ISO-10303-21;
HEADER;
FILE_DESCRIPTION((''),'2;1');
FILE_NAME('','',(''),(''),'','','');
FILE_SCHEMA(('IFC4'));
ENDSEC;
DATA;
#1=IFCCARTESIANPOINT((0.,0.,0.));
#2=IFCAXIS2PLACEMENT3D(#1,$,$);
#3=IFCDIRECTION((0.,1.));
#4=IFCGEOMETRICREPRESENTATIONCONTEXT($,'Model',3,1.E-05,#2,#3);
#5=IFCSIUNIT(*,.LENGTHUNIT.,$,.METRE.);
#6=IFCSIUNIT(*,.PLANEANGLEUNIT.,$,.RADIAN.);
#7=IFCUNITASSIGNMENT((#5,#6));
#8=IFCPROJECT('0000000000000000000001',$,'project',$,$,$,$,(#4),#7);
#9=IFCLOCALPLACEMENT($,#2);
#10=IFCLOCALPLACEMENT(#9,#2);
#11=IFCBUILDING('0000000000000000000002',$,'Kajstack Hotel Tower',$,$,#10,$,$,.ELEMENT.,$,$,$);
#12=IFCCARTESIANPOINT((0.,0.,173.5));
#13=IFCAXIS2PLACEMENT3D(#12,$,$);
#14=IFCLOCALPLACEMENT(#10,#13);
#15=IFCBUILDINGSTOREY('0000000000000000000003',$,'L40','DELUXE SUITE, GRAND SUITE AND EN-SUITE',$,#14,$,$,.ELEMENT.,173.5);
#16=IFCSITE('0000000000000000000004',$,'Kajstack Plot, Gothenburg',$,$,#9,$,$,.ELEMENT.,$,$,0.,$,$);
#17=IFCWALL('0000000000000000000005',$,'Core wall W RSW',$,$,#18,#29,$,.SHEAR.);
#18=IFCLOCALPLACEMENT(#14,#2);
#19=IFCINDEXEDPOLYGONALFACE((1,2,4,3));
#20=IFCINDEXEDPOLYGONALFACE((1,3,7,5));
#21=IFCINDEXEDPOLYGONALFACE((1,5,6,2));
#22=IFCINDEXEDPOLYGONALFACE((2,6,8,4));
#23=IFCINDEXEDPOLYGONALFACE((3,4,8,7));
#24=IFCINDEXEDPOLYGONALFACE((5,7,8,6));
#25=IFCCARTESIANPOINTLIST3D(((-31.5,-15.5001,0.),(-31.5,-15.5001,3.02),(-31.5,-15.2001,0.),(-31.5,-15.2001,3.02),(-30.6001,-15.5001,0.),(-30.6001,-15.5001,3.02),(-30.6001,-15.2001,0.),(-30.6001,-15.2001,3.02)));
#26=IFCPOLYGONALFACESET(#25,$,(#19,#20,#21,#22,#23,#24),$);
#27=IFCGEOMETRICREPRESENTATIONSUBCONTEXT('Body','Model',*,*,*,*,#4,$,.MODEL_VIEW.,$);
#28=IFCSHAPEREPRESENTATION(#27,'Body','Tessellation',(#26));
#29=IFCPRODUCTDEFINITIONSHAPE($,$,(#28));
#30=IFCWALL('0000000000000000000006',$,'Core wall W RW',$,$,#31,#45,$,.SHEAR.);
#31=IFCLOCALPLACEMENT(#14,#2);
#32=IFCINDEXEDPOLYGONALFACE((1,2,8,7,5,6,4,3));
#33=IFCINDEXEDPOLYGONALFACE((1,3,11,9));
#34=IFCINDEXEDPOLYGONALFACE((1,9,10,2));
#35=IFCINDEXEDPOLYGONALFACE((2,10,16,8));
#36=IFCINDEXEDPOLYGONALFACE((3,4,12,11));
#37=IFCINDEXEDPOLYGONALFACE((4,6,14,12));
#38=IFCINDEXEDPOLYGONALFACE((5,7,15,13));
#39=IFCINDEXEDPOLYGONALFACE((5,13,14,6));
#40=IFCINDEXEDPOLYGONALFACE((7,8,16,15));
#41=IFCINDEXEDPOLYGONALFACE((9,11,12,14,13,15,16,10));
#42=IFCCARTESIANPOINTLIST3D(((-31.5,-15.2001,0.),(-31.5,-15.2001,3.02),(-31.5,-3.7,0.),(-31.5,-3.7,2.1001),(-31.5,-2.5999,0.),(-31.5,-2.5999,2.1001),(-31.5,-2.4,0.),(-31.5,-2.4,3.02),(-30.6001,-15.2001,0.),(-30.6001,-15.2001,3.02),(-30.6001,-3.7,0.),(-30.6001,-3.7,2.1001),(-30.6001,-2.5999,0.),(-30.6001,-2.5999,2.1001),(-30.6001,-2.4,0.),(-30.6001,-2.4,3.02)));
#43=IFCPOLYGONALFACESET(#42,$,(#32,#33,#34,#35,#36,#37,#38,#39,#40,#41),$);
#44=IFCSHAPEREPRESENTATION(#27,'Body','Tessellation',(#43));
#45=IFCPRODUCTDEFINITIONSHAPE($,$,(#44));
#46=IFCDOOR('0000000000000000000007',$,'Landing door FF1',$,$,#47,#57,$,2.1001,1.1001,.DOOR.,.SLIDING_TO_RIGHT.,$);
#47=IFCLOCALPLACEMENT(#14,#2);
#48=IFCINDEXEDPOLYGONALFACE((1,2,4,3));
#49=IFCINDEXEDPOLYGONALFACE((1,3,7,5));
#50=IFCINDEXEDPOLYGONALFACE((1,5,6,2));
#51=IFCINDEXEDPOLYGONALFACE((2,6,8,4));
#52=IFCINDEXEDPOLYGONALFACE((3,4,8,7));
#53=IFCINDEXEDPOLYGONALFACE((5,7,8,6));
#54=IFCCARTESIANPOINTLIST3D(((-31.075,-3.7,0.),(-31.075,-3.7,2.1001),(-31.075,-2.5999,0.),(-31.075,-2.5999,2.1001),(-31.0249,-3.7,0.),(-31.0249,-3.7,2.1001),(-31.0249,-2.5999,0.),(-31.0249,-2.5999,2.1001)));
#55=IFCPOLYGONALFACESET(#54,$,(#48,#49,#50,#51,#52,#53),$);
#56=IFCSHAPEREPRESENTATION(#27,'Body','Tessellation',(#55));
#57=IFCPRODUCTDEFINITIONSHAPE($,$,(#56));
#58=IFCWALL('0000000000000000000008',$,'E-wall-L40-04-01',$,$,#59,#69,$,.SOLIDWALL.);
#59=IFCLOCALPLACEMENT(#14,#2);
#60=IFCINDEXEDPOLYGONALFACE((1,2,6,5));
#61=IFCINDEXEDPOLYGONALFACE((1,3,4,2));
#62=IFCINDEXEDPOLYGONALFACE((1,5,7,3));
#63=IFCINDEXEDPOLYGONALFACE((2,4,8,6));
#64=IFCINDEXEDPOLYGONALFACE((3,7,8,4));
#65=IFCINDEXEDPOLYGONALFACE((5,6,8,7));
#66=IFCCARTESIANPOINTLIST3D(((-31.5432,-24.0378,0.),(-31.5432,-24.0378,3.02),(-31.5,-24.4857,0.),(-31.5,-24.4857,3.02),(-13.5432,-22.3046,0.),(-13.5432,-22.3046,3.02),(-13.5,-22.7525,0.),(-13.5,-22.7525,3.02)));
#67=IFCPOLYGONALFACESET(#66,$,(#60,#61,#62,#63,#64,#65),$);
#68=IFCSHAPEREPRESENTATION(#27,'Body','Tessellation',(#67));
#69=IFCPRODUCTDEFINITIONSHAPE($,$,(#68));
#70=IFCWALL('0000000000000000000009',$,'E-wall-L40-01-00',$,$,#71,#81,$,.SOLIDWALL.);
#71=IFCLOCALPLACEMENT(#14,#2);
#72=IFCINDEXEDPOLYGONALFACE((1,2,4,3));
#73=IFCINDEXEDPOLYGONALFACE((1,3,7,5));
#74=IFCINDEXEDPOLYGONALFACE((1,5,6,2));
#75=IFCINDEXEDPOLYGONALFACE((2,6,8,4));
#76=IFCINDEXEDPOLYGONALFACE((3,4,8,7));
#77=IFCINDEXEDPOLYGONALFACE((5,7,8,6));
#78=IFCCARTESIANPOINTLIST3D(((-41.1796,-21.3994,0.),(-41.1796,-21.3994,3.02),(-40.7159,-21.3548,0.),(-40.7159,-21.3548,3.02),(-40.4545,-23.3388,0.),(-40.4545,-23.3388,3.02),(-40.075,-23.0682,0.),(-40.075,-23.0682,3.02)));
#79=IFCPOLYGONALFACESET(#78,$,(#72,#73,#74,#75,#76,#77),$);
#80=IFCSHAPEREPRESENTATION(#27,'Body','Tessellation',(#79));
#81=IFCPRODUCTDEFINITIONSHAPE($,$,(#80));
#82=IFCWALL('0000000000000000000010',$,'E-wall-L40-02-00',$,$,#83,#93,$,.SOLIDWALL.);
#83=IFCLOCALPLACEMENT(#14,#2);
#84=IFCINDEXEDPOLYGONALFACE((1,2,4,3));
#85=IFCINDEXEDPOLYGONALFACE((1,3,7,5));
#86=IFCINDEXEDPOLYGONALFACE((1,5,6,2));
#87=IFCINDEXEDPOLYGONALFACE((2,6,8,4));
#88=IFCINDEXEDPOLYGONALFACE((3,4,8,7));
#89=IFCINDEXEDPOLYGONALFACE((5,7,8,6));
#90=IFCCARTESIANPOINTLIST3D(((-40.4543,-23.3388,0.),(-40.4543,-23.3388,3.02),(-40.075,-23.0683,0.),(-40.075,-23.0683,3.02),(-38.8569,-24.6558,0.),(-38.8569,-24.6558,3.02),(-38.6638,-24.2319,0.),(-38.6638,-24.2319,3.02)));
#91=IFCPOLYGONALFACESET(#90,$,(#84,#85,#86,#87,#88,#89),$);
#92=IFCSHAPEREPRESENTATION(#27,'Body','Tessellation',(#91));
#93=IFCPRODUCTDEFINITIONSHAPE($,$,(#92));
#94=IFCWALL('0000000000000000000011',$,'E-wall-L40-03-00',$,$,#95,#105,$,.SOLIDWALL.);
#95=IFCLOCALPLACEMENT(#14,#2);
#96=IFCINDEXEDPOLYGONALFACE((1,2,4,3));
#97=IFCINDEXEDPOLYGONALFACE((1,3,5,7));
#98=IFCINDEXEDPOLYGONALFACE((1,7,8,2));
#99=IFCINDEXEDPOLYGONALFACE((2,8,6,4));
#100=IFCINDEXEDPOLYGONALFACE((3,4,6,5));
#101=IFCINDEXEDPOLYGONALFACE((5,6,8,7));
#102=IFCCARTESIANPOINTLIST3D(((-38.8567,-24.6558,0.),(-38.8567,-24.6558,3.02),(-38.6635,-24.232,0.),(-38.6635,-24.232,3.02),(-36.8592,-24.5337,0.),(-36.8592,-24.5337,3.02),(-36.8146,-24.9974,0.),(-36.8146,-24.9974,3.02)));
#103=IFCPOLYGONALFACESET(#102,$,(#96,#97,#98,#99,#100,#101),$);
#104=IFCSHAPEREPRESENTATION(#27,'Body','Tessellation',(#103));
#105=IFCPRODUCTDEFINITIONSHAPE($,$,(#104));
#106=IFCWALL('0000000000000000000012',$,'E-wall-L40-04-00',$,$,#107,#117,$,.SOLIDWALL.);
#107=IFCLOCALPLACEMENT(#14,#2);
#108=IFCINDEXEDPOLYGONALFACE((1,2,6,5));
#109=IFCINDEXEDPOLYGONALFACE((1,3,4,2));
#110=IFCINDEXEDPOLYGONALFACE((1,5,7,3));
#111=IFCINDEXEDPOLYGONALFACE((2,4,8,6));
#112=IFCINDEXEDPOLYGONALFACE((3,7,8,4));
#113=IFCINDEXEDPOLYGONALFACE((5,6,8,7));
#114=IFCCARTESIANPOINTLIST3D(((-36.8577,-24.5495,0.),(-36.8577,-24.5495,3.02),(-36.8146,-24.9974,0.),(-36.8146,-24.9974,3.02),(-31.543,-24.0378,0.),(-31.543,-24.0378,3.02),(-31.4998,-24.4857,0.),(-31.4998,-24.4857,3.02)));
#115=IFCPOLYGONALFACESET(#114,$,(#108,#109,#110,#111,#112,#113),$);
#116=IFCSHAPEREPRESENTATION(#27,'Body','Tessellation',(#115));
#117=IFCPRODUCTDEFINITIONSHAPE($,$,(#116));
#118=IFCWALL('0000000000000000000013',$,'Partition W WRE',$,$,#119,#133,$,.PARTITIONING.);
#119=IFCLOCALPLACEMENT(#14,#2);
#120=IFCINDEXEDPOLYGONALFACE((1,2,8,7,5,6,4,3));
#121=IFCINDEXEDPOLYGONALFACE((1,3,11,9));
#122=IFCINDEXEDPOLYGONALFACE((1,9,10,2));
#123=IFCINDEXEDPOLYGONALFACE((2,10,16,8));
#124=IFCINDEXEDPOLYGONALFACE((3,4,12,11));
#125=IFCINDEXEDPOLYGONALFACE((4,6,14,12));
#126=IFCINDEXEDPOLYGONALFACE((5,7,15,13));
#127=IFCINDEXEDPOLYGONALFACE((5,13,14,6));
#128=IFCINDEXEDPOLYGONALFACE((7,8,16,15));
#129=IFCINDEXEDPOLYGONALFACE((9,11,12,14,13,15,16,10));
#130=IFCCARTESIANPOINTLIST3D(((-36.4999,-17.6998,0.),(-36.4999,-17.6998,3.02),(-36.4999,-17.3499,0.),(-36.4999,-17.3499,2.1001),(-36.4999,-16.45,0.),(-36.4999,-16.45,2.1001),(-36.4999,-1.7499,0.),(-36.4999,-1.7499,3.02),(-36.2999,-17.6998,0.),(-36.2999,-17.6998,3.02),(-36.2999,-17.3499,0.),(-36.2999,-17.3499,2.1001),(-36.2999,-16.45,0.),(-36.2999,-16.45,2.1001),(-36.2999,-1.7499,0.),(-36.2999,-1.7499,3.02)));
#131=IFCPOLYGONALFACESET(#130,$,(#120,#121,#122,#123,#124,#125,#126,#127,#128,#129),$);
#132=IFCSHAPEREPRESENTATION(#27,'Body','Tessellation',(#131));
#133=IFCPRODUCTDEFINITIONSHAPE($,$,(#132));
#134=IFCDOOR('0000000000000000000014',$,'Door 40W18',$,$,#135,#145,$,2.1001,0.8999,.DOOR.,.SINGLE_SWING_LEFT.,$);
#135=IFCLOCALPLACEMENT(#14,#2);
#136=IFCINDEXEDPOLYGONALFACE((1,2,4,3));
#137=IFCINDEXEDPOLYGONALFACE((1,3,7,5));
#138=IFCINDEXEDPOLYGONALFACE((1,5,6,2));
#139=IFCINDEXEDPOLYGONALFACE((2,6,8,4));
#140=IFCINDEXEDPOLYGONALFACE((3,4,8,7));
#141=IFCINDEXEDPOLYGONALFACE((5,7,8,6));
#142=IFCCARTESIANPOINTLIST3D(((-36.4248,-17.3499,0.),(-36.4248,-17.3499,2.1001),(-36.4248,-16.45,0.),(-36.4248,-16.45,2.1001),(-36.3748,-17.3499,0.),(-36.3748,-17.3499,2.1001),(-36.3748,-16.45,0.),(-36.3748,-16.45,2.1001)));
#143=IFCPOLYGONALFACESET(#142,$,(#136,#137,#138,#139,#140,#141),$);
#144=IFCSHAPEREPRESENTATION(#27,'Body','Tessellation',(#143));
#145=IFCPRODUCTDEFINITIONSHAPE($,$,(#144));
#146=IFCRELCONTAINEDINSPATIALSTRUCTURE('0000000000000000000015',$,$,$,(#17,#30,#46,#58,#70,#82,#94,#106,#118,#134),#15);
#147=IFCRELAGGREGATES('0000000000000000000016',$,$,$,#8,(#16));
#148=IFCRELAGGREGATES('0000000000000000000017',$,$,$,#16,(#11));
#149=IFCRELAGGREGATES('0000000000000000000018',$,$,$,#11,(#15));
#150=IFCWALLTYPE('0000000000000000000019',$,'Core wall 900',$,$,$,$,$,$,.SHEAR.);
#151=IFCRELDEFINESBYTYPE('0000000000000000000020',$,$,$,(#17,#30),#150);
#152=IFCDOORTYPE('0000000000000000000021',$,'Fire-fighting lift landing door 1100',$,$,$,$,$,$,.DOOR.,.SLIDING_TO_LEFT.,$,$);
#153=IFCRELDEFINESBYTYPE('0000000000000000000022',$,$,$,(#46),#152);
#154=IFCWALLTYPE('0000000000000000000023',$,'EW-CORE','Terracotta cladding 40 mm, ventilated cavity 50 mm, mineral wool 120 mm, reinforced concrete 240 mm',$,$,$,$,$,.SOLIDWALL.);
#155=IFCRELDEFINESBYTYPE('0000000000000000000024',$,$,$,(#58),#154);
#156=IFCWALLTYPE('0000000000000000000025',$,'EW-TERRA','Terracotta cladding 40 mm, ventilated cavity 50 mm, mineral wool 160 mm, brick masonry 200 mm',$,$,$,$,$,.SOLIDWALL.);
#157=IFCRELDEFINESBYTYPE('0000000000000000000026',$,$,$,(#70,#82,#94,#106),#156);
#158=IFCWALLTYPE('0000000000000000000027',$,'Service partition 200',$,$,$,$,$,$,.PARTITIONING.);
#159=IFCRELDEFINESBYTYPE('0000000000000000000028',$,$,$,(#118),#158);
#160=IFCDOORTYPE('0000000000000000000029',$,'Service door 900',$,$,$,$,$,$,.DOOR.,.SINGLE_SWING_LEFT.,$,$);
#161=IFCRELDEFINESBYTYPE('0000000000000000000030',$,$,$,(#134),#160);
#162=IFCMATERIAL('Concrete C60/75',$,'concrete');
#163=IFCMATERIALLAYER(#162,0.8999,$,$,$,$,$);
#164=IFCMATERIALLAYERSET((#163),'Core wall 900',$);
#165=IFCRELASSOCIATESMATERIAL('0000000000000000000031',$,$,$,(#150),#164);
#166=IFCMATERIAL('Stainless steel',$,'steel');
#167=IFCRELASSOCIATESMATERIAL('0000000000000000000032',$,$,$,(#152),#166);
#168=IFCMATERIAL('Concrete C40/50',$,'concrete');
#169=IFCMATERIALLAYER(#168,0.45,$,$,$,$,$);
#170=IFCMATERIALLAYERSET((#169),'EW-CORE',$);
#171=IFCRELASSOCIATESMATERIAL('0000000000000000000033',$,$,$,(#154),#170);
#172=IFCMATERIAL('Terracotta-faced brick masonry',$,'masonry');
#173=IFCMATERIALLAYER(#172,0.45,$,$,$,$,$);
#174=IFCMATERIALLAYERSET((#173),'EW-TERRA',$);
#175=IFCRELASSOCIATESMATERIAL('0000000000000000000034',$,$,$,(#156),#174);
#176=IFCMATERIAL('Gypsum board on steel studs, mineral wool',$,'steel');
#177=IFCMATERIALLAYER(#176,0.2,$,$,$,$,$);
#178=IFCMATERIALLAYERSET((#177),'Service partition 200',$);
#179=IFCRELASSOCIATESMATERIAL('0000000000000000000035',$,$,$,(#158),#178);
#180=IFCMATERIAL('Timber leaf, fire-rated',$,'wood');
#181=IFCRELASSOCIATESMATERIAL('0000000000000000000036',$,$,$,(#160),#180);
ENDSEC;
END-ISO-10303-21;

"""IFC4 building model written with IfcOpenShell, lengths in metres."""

from ifc_helpers import new_model, si_unit, direction, frame, frame_2d, origin, place, context, subcontext, project, spatial, polyline, rectangle, outline, extrude, material, layer, layer_set, type_object, element, fill, save


model = new_model("IFC4")

# Units and contexts
model_context = context("Model", 3, precision=1e-05, world=origin(), true_north=direction((0.0, 1.0)))
body_context = subcontext(model_context, "Body", "Model", "MODEL_VIEW")
ifc_project = project(units=[si_unit("LENGTHUNIT", "METRE"), si_unit("PLANEANGLEUNIT", "RADIAN")], contexts=[model_context])

# Site, building, storey
site_placement = place(None, origin())
site = spatial("IfcSite", under=ifc_project, at=site_placement, Name="Kajstack Plot, Gothenburg", CompositionType="ELEMENT", RefElevation=0.0)
building_placement = place(site_placement, origin())
building = spatial("IfcBuilding", under=site, at=building_placement, Name="Kajstack Hotel Tower", CompositionType="ELEMENT")
storey_placement = place(building_placement, frame((0.0, 0.0, 173.5)))
storey = spatial("IfcBuildingStorey", under=building, at=storey_placement, Name="L40", Description="DELUXE SUITE, GRAND SUITE AND EN-SUITE", CompositionType="ELEMENT", Elevation=173.5)

# Wall
ifc_material_1 = material(Name="Concrete C60/75", Category="concrete")
ifc_layer_1 = layer(ifc_material_1, 0.8999)
ifc_layer_set_1 = layer_set([ifc_layer_1], Name="Core wall 900")
wall_type_1 = type_object("IfcWallType", Name="Core wall 900", PredefinedType="SHEAR", material=ifc_layer_set_1)
wall_1_placement = place(storey_placement, frame((-31.5, -15.3501, 0.0), z_axis=(0.0, 0.0, 1.0), x_axis=(1.0, 0.0, 0.0)))
element("IfcWall", 1, at=wall_1_placement, inside=storey, type_object=wall_type_1, Name="Core wall W RSW", PredefinedType="SHEAR", context=body_context, shape_type="SweptSolid", body=[
    extrude(rectangle(XDim=0.8999, YDim=0.3, at=frame_2d((0.45, 0.0))), origin(), (0.0, 0.0, 1.0), 3.02),
])

# Wall, opening, door
wall_2_placement = place(storey_placement, frame((-31.05, -15.2, 0.0), z_axis=(0.0, 0.0, 1.0), x_axis=(0.0, 1.0, 0.0)))
wall_2 = element("IfcWall", 2, at=wall_2_placement, inside=storey, type_object=wall_type_1, Name="Core wall W RW", PredefinedType="SHEAR", context=body_context, shape_type="SweptSolid", body=[
    extrude(rectangle(XDim=12.8, YDim=0.8999, at=frame_2d((6.3999, 0.0))), origin(), (0.0, 0.0, 1.0), 3.02),
])
opening_1_placement = place(wall_2_placement, frame((11.5, 0.0, 0.0)))
opening_1 = element("IfcOpeningElement", 3, at=opening_1_placement, cuts=wall_2, PredefinedType="OPENING", context=body_context, shape_type="SweptSolid", body=[
    extrude(rectangle(XDim=1.1001, YDim=2.1001, at=frame_2d((0.55, 1.05))), frame((0.0, 0.46, 0.0), z_axis=(0.0, -1.0, 0.0), x_axis=(1.0, 0.0, 0.0)), (0.0, 0.0, 1.0), 0.9199),
])
ifc_material_2 = material(Name="Stainless steel", Category="steel")
door_type_1 = type_object("IfcDoorType", Name="Fire-fighting lift landing door 1100", OperationType="SLIDING_TO_LEFT", PredefinedType="DOOR", material=ifc_material_2)
door_1_placement = place(opening_1_placement, origin())
door_1 = element("IfcDoor", 4, at=door_1_placement, inside=storey, type_object=door_type_1, Name="Landing door FF1", OperationType="SLIDING_TO_RIGHT", OverallHeight=2.1001, OverallWidth=1.1001, PredefinedType="DOOR", context=body_context, shape_type="SweptSolid", body=[
    extrude(rectangle(XDim=1.1001, YDim=2.1001, at=frame_2d((0.55, 1.05))), frame((0.0, 0.0249, 0.0), z_axis=(0.0, -1.0, 0.0), x_axis=(1.0, 0.0, 0.0)), (0.0, 0.0, 1.0), 0.05),
])
fill(opening_1, door_1)

# Walls
ifc_material_3 = material(Name="Concrete C40/50", Category="concrete")
ifc_layer_2 = layer(ifc_material_3, 0.45)
ifc_layer_set_2 = layer_set([ifc_layer_2], Name="EW-CORE")
wall_type_2 = type_object("IfcWallType", Name="EW-CORE", Description="Terracotta cladding 40 mm, ventilated cavity 50 mm, mineral wool 120 mm, reinforced concrete 240 mm", PredefinedType="SOLIDWALL", material=ifc_layer_set_2)
wall_3_placement = place(storey_placement, frame((-31.5215, -24.2617, 0.0), z_axis=(0.0, 0.0, 1.0), x_axis=(0.995396, 0.095843, 0.0)))
element("IfcWall", 5, at=wall_3_placement, inside=storey, type_object=wall_type_2, Name="E-wall-L40-04-01", PredefinedType="SOLIDWALL", context=body_context, shape_type="SweptSolid", body=[
    extrude(rectangle(XDim=18.0833, YDim=0.45, at=frame_2d((9.0415, 0.0))), origin(), (0.0, 0.0, 1.0), 3.02),
])
ifc_material_4 = material(Name="Terracotta-faced brick masonry", Category="masonry")
ifc_layer_3 = layer(ifc_material_4, 0.45)
ifc_layer_set_3 = layer_set([ifc_layer_3], Name="EW-TERRA")
wall_type_3 = type_object("IfcWallType", Name="EW-TERRA", Description="Terracotta cladding 40 mm, ventilated cavity 50 mm, mineral wool 160 mm, brick masonry 200 mm", PredefinedType="SOLIDWALL", material=ifc_layer_set_3)
wall_4_placement = place(storey_placement, frame((-40.9688, -21.3206, 0.0), z_axis=(0.0, 0.0, 1.0), x_axis=(0.350193, -0.936678, 0.0)))
element("IfcWall", 6, at=wall_4_placement, inside=storey, type_object=wall_type_3, Name="E-wall-L40-01-00", PredefinedType="SOLIDWALL", context=body_context, shape_type="SweptSolid", body=[
    extrude(outline(polyline([(0.0, -0.2251), (2.0706, -0.2251), (1.95, 0.2251), (0.1206, 0.2249), (0.0, -0.2251)])), origin(), (0.0, 0.0, 1.0), 3.02),
])
wall_5_placement = place(storey_placement, frame((-40.3113, -23.1653, 0.0), z_axis=(0.0, 0.0, 1.0), x_axis=(0.771651, -0.636046, 0.0)))
element("IfcWall", 7, at=wall_5_placement, inside=storey, type_object=wall_type_3, Name="E-wall-L40-02-00", PredefinedType="SOLIDWALL", context=body_context, shape_type="SweptSolid", body=[
    extrude(outline(polyline([(0.0, -0.2249), (2.0703, -0.2251), (1.9497, 0.2249), (0.1206, 0.2251), (0.0, -0.2249)])), origin(), (0.0, 0.0, 1.0), 3.02),
])
wall_6_placement = place(storey_placement, frame((-38.8196, -24.4338, 0.0), z_axis=(0.0, 0.0, 1.0), x_axis=(0.986279, -0.165087, 0.0)))
element("IfcWall", 8, at=wall_6_placement, inside=storey, type_object=wall_type_3, Name="E-wall-L40-03-00", PredefinedType="SOLIDWALL", context=body_context, shape_type="SweptSolid", body=[
    extrude(outline(polyline([(0.0, -0.2251), (2.0706, -0.2249), (1.95, 0.2251), (0.1206, 0.2249), (0.0, -0.2251)])), origin(), (0.0, 0.0, 1.0), 3.02),
])
wall_7_placement = place(storey_placement, frame((-36.8362, -24.7734, 0.0), z_axis=(0.0, 0.0, 1.0), x_axis=(0.995397, 0.09584, 0.0)))
element("IfcWall", 9, at=wall_7_placement, inside=storey, type_object=wall_type_3, Name="E-wall-L40-04-00", PredefinedType="SOLIDWALL", context=body_context, shape_type="SweptSolid", body=[
    extrude(rectangle(XDim=5.3394, YDim=0.45, at=frame_2d((2.6697, 0.0))), origin(), (0.0, 0.0, 1.0), 3.02),
])

# Wall, opening, door
ifc_material_5 = material(Name="Gypsum board on steel studs, mineral wool", Category="steel")
ifc_layer_4 = layer(ifc_material_5, 0.2)
ifc_layer_set_4 = layer_set([ifc_layer_4], Name="Service partition 200")
wall_type_4 = type_object("IfcWallType", Name="Service partition 200", PredefinedType="PARTITIONING", material=ifc_layer_set_4)
wall_8_placement = place(storey_placement, frame((-36.3999, -17.7, 0.0), z_axis=(0.0, 0.0, 1.0), x_axis=(0.0, 1.0, 0.0)))
wall_8 = element("IfcWall", 10, at=wall_8_placement, inside=storey, type_object=wall_type_4, Name="Partition W WRE", PredefinedType="PARTITIONING", context=body_context, shape_type="SweptSolid", body=[
    extrude(rectangle(XDim=15.95, YDim=0.2, at=frame_2d((7.9751, 0.0))), origin(), (0.0, 0.0, 1.0), 3.02),
])
opening_2_placement = place(wall_8_placement, frame((0.3501, 0.0, 0.0)))
opening_2 = element("IfcOpeningElement", 11, at=opening_2_placement, cuts=wall_8, PredefinedType="OPENING", context=body_context, shape_type="SweptSolid", body=[
    extrude(rectangle(XDim=0.8999, YDim=2.1001, at=frame_2d((0.45, 1.05))), frame((0.0, 0.1099, 0.0), z_axis=(0.0, -1.0, 0.0), x_axis=(1.0, 0.0, 0.0)), (0.0, 0.0, 1.0), 0.22),
])
ifc_material_6 = material(Name="Timber leaf, fire-rated", Category="wood")
door_type_2 = type_object("IfcDoorType", Name="Service door 900", OperationType="SINGLE_SWING_LEFT", PredefinedType="DOOR", material=ifc_material_6)
door_2_placement = place(opening_2_placement, origin())
door_2 = element("IfcDoor", 12, at=door_2_placement, inside=storey, type_object=door_type_2, Name="Door 40W18", OperationType="SINGLE_SWING_LEFT", OverallHeight=2.1001, OverallWidth=0.8999, PredefinedType="DOOR", context=body_context, shape_type="SweptSolid", body=[
    extrude(rectangle(XDim=0.8999, YDim=2.1001, at=frame_2d((0.45, 1.05))), frame((0.0, 0.0249, 0.0), z_axis=(0.0, -1.0, 0.0), x_axis=(1.0, 0.0, 0.0)), (0.0, 0.0, 1.0), 0.05),
])
fill(opening_2, door_2)

save(model, "model.ifc")
